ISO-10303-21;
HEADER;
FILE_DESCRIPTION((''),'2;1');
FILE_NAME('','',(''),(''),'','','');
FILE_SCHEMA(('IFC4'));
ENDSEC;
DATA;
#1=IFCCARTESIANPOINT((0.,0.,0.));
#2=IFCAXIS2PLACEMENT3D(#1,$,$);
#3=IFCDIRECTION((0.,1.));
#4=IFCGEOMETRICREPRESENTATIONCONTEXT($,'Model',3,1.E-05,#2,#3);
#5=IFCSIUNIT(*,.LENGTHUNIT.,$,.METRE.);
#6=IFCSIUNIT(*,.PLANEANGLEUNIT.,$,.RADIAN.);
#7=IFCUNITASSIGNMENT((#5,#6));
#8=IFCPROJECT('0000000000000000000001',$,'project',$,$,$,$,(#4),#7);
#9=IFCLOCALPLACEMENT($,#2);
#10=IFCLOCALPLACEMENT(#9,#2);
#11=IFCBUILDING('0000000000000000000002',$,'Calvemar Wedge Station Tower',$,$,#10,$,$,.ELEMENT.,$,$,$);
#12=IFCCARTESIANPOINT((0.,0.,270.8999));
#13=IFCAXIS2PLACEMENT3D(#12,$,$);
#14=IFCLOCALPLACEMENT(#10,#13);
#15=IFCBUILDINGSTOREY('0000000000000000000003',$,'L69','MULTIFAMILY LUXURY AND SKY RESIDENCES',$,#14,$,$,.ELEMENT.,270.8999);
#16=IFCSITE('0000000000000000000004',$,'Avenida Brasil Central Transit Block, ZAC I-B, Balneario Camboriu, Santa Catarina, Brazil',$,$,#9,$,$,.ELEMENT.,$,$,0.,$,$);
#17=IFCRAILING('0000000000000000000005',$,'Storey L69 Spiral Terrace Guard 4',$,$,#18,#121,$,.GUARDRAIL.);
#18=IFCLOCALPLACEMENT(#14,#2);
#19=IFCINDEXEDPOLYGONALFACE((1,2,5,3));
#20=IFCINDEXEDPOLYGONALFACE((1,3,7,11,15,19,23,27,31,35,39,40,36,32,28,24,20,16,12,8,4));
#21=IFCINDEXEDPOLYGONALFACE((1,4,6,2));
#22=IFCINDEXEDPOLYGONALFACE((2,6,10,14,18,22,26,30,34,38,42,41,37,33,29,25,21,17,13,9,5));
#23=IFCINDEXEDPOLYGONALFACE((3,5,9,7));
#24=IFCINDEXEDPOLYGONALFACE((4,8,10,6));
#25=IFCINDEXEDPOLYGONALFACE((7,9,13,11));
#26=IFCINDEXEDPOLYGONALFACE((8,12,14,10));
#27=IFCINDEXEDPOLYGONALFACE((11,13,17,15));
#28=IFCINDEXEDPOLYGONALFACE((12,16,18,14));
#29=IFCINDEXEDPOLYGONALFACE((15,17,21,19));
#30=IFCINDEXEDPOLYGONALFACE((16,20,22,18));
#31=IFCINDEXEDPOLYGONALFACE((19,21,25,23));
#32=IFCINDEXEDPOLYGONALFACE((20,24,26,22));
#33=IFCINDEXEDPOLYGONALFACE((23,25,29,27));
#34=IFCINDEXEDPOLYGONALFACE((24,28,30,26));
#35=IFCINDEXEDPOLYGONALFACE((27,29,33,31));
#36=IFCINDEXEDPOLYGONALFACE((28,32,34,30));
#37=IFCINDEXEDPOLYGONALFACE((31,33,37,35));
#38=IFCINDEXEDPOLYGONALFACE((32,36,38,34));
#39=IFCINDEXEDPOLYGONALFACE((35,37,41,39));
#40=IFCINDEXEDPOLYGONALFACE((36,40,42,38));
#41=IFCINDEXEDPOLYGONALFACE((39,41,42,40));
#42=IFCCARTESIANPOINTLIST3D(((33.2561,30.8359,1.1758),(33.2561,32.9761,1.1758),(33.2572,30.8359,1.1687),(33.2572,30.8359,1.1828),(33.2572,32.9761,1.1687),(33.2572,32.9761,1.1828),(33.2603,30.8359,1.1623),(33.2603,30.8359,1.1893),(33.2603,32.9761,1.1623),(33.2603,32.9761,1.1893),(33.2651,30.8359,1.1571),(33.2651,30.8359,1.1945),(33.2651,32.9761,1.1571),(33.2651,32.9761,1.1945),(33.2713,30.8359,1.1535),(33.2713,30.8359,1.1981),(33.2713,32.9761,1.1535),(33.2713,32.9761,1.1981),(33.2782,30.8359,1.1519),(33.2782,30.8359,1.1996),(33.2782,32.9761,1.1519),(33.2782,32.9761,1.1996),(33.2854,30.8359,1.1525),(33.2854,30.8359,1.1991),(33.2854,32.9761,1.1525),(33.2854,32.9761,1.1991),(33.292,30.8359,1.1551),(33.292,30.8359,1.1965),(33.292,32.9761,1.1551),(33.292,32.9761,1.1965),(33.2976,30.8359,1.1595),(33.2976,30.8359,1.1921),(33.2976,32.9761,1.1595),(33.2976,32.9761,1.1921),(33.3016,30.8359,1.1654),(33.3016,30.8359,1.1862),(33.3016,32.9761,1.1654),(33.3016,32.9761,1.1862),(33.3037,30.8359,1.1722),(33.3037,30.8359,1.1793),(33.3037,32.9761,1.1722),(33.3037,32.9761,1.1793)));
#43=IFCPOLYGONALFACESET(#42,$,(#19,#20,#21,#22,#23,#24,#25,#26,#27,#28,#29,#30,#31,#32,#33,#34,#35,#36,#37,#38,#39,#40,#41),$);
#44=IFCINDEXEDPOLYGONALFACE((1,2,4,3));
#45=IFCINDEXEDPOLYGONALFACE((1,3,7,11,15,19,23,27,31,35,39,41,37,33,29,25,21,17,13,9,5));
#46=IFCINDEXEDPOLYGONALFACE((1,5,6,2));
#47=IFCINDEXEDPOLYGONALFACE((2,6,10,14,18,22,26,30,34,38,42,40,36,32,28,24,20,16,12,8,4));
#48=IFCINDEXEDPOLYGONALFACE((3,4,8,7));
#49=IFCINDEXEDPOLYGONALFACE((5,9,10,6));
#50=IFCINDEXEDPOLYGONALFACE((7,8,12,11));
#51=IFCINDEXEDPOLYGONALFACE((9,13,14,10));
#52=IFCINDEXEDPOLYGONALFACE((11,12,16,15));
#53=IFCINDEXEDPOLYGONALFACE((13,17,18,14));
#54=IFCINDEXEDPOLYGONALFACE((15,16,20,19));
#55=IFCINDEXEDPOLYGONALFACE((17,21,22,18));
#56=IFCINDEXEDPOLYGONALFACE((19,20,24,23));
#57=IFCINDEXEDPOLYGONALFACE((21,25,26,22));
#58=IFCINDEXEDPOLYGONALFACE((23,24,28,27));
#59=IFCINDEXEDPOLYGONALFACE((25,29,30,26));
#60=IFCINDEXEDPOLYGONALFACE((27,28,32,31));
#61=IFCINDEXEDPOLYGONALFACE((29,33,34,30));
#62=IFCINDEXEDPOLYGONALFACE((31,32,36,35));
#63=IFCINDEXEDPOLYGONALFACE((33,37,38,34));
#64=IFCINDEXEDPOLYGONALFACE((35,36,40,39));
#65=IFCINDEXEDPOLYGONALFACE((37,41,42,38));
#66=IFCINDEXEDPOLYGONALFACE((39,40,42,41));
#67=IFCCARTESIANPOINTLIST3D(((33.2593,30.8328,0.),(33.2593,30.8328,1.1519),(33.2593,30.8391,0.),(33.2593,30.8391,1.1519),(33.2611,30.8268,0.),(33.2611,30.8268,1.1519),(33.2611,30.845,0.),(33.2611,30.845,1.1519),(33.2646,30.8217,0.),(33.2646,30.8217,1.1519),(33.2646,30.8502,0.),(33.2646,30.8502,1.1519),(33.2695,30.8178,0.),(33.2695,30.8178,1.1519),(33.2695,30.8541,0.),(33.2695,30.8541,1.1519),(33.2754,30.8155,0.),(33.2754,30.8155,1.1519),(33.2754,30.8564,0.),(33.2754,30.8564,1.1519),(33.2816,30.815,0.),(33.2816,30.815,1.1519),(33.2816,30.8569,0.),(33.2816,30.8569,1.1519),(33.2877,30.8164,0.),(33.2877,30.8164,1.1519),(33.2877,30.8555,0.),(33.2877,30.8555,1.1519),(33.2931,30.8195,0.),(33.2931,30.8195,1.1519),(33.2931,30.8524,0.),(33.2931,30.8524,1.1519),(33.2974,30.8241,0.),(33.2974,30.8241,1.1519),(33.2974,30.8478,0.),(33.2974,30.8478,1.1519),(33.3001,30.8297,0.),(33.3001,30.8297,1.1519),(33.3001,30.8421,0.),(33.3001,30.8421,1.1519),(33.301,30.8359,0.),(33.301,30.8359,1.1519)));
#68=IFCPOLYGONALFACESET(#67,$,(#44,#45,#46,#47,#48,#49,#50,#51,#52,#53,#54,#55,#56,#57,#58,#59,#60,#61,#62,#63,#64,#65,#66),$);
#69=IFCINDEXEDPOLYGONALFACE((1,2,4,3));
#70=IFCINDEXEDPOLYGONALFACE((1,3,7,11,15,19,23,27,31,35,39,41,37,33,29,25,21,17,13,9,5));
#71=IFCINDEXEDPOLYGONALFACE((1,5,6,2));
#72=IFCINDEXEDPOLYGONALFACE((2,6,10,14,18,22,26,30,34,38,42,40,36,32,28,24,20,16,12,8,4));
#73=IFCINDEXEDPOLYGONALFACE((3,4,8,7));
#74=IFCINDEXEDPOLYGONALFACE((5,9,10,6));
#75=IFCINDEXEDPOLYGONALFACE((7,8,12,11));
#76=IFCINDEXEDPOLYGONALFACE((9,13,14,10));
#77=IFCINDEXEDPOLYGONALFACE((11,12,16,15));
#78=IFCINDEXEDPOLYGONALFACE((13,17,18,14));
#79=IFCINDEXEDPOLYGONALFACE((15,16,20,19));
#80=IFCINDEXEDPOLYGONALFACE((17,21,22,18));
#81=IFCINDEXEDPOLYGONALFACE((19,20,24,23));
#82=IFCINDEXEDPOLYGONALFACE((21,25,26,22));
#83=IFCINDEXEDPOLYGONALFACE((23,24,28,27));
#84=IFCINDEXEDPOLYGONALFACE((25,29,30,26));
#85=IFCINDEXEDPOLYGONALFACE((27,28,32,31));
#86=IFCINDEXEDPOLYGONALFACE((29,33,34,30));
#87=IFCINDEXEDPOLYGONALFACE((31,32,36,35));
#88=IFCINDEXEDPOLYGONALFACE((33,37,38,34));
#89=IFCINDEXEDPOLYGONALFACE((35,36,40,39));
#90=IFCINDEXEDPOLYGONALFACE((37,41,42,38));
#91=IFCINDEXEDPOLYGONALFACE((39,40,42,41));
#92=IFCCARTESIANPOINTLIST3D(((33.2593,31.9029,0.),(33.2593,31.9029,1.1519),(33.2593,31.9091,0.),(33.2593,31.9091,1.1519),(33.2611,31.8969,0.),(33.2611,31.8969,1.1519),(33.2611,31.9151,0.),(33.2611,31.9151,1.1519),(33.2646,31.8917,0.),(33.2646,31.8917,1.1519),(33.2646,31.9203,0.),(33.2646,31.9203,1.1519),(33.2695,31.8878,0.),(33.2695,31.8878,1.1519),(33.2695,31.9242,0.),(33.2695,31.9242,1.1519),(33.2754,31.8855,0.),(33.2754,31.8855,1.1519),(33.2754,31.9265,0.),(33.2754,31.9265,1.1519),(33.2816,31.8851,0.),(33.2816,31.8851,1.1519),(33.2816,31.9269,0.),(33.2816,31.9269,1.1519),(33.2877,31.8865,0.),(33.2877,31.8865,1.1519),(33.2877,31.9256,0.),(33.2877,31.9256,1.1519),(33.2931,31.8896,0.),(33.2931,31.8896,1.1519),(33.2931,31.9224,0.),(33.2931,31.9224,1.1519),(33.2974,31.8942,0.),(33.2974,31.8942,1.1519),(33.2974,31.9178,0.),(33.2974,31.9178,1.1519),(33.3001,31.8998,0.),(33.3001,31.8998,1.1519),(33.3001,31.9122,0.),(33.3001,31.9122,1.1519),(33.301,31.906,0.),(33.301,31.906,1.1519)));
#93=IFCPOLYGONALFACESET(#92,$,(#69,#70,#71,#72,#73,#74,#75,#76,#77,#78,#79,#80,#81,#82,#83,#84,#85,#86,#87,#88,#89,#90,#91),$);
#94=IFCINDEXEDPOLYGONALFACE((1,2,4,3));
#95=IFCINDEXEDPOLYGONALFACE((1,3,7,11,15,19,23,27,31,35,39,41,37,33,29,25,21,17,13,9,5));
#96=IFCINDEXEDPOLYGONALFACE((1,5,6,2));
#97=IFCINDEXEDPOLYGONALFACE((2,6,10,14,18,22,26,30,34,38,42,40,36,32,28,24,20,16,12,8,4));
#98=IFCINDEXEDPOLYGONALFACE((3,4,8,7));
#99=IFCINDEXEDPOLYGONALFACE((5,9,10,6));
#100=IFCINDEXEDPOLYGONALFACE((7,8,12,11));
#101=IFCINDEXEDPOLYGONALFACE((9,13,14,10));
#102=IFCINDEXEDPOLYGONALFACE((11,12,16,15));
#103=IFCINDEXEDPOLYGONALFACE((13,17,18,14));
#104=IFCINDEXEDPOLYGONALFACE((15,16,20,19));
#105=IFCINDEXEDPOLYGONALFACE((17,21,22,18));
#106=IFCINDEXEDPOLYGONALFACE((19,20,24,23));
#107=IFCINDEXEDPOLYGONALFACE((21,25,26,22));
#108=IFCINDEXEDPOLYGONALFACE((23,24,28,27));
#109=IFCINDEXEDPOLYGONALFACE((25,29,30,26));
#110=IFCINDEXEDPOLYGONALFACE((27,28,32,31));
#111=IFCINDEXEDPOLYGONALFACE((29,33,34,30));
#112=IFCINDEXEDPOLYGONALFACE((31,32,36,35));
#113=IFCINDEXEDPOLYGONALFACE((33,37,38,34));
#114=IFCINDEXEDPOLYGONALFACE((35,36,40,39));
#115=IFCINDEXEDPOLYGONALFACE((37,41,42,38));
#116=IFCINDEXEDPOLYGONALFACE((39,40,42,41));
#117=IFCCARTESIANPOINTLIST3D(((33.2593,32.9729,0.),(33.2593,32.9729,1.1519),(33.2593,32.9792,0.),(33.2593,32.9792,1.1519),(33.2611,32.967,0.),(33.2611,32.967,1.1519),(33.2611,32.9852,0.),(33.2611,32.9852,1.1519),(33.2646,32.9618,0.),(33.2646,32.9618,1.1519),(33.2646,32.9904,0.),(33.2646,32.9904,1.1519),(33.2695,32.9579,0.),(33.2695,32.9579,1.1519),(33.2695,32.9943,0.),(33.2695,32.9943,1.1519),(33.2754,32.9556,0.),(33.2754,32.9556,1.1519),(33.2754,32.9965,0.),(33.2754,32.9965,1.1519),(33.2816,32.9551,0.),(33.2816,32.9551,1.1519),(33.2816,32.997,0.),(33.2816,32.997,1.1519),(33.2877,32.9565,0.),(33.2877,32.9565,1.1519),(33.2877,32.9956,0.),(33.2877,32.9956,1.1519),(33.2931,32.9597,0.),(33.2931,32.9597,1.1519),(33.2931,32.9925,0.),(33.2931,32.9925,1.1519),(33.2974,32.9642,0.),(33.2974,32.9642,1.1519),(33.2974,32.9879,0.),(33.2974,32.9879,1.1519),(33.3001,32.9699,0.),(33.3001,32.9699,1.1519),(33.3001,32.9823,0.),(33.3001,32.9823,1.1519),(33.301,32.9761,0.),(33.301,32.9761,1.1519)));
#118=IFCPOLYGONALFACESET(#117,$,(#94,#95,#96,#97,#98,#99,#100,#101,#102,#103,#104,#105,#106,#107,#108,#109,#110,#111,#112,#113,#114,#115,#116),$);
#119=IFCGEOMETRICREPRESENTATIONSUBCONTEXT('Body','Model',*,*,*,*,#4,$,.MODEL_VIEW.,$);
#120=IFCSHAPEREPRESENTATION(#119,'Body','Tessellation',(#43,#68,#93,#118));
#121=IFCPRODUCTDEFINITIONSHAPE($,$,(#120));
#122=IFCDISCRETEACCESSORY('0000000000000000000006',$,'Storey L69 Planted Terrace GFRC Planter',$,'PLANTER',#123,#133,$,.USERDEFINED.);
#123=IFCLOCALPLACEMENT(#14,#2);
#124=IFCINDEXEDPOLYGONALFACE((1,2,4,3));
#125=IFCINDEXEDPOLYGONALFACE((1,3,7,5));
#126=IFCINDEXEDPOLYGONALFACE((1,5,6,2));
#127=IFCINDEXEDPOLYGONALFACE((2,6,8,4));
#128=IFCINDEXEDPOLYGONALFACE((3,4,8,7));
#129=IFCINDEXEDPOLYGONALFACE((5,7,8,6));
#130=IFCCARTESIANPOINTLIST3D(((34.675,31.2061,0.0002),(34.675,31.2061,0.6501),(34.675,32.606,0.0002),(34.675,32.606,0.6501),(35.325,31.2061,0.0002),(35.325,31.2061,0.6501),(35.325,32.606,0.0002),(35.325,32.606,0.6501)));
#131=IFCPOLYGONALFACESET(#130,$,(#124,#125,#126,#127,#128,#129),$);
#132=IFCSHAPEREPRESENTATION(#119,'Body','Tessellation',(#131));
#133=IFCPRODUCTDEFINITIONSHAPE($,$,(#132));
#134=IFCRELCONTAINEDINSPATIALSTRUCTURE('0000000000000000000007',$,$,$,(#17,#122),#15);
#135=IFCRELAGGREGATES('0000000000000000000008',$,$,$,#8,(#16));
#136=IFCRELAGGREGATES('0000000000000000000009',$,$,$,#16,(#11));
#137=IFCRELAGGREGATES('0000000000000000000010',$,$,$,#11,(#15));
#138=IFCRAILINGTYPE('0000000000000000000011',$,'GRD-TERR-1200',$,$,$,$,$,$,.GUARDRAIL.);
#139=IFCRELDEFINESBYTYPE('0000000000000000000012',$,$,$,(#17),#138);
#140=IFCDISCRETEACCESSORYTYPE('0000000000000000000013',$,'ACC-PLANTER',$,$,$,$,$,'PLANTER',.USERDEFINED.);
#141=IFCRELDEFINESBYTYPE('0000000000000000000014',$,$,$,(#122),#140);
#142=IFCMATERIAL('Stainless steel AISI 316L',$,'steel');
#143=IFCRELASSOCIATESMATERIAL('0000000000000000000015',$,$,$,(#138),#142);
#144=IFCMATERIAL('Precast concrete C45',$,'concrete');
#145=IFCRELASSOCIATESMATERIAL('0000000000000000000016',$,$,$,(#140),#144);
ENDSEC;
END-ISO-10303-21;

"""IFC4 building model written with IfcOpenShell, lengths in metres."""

from ifc_helpers import new_model, si_unit, direction, frame, origin, origin_2d, place, context, subcontext, project, spatial, rectangle, circle, extrude, source, transform, mapped, material, type_object, element, save


model = new_model("IFC4")

# Units and contexts
model_context = context("Model", 3, precision=1e-05, world=origin(), true_north=direction((0.0, 1.0)))
body_context = subcontext(model_context, "Body", "Model", "MODEL_VIEW")
ifc_project = project(units=[si_unit("LENGTHUNIT", "METRE"), si_unit("PLANEANGLEUNIT", "RADIAN")], contexts=[model_context])

# Site, building, storey
site_placement = place(None, origin())
site = spatial("IfcSite", under=ifc_project, at=site_placement, Name="Avenida Brasil Central Transit Block, ZAC I-B, Balneario Camboriu, Santa Catarina, Brazil", CompositionType="ELEMENT", RefElevation=0.0)
building_placement = place(site_placement, origin())
building = spatial("IfcBuilding", under=site, at=building_placement, Name="Calvemar Wedge Station Tower", CompositionType="ELEMENT")
storey_placement = place(building_placement, frame((0.0, 0.0, 270.8999)))
storey = spatial("IfcBuildingStorey", under=building, at=storey_placement, Name="L69", Description="MULTIFAMILY LUXURY AND SKY RESIDENCES", CompositionType="ELEMENT", Elevation=270.8999)

# Shared definitions
ifc_material_1 = material(Name="Precast concrete C45", Category="concrete")

# Railing
ifc_material_2 = material(Name="Stainless steel AISI 316L", Category="steel")
railing_type = type_object("IfcRailingType", Name="GRD-TERR-1200", PredefinedType="GUARDRAIL", material=ifc_material_2)
railing_1_placement = place(storey_placement, frame((33.28, 30.8359, 0.0)))
element("IfcRailing", 1, at=railing_1_placement, inside=storey, type_object=railing_type, Name="Storey L69 Spiral Terrace Guard 4", PredefinedType="GUARDRAIL", context=body_context, shape_type="SweptSolid", body=[
    extrude(circle(Radius=0.0239, at=origin_2d()), frame((0.0, 0.0, 1.1758), z_axis=(0.0, 1.0, 0.0), x_axis=(-1.0, 0.0, 0.0)), (0.0, 0.0, 1.0), 2.1401),
    extrude(circle(Radius=0.021, at=origin_2d()), origin(), (0.0, 0.0, 1.0), 1.1519),
    extrude(circle(Radius=0.021, at=origin_2d()), frame((0.0, 1.0701, 0.0)), (0.0, 0.0, 1.0), 1.1519),
    extrude(circle(Radius=0.021, at=origin_2d()), frame((0.0, 2.1401, 0.0)), (0.0, 0.0, 1.0), 1.1519),
])

# Discrete accessory
discrete_accessory_type = type_object("IfcDiscreteAccessoryType", Name="ACC-PLANTER", ElementType="PLANTER", PredefinedType="USERDEFINED", material=ifc_material_1)
shared_shape_1 = source(origin(), body_context, "Body", "SweptSolid", [
    extrude(rectangle(XDim=0.6499, YDim=1.3999, at=origin_2d()), origin(), (0.0, 0.0, 1.0), 0.6499),
])
discrete_accessory_placement = place(storey_placement, frame((35.0, 31.906, 0.0002), z_axis=(0.0, 0.0, 1.0), x_axis=(1.0, 0.0, 0.0)))
element("IfcDiscreteAccessory", 2, at=discrete_accessory_placement, inside=storey, type_object=discrete_accessory_type, Name="Storey L69 Planted Terrace GFRC Planter", ObjectType="PLANTER", PredefinedType="USERDEFINED", context=body_context, shape_type="MappedRepresentation", body=[
    mapped(shared_shape_1, transform((0.0, 0.0, 0.0), scale=1.0)),
])

save(model, "model.ifc")
